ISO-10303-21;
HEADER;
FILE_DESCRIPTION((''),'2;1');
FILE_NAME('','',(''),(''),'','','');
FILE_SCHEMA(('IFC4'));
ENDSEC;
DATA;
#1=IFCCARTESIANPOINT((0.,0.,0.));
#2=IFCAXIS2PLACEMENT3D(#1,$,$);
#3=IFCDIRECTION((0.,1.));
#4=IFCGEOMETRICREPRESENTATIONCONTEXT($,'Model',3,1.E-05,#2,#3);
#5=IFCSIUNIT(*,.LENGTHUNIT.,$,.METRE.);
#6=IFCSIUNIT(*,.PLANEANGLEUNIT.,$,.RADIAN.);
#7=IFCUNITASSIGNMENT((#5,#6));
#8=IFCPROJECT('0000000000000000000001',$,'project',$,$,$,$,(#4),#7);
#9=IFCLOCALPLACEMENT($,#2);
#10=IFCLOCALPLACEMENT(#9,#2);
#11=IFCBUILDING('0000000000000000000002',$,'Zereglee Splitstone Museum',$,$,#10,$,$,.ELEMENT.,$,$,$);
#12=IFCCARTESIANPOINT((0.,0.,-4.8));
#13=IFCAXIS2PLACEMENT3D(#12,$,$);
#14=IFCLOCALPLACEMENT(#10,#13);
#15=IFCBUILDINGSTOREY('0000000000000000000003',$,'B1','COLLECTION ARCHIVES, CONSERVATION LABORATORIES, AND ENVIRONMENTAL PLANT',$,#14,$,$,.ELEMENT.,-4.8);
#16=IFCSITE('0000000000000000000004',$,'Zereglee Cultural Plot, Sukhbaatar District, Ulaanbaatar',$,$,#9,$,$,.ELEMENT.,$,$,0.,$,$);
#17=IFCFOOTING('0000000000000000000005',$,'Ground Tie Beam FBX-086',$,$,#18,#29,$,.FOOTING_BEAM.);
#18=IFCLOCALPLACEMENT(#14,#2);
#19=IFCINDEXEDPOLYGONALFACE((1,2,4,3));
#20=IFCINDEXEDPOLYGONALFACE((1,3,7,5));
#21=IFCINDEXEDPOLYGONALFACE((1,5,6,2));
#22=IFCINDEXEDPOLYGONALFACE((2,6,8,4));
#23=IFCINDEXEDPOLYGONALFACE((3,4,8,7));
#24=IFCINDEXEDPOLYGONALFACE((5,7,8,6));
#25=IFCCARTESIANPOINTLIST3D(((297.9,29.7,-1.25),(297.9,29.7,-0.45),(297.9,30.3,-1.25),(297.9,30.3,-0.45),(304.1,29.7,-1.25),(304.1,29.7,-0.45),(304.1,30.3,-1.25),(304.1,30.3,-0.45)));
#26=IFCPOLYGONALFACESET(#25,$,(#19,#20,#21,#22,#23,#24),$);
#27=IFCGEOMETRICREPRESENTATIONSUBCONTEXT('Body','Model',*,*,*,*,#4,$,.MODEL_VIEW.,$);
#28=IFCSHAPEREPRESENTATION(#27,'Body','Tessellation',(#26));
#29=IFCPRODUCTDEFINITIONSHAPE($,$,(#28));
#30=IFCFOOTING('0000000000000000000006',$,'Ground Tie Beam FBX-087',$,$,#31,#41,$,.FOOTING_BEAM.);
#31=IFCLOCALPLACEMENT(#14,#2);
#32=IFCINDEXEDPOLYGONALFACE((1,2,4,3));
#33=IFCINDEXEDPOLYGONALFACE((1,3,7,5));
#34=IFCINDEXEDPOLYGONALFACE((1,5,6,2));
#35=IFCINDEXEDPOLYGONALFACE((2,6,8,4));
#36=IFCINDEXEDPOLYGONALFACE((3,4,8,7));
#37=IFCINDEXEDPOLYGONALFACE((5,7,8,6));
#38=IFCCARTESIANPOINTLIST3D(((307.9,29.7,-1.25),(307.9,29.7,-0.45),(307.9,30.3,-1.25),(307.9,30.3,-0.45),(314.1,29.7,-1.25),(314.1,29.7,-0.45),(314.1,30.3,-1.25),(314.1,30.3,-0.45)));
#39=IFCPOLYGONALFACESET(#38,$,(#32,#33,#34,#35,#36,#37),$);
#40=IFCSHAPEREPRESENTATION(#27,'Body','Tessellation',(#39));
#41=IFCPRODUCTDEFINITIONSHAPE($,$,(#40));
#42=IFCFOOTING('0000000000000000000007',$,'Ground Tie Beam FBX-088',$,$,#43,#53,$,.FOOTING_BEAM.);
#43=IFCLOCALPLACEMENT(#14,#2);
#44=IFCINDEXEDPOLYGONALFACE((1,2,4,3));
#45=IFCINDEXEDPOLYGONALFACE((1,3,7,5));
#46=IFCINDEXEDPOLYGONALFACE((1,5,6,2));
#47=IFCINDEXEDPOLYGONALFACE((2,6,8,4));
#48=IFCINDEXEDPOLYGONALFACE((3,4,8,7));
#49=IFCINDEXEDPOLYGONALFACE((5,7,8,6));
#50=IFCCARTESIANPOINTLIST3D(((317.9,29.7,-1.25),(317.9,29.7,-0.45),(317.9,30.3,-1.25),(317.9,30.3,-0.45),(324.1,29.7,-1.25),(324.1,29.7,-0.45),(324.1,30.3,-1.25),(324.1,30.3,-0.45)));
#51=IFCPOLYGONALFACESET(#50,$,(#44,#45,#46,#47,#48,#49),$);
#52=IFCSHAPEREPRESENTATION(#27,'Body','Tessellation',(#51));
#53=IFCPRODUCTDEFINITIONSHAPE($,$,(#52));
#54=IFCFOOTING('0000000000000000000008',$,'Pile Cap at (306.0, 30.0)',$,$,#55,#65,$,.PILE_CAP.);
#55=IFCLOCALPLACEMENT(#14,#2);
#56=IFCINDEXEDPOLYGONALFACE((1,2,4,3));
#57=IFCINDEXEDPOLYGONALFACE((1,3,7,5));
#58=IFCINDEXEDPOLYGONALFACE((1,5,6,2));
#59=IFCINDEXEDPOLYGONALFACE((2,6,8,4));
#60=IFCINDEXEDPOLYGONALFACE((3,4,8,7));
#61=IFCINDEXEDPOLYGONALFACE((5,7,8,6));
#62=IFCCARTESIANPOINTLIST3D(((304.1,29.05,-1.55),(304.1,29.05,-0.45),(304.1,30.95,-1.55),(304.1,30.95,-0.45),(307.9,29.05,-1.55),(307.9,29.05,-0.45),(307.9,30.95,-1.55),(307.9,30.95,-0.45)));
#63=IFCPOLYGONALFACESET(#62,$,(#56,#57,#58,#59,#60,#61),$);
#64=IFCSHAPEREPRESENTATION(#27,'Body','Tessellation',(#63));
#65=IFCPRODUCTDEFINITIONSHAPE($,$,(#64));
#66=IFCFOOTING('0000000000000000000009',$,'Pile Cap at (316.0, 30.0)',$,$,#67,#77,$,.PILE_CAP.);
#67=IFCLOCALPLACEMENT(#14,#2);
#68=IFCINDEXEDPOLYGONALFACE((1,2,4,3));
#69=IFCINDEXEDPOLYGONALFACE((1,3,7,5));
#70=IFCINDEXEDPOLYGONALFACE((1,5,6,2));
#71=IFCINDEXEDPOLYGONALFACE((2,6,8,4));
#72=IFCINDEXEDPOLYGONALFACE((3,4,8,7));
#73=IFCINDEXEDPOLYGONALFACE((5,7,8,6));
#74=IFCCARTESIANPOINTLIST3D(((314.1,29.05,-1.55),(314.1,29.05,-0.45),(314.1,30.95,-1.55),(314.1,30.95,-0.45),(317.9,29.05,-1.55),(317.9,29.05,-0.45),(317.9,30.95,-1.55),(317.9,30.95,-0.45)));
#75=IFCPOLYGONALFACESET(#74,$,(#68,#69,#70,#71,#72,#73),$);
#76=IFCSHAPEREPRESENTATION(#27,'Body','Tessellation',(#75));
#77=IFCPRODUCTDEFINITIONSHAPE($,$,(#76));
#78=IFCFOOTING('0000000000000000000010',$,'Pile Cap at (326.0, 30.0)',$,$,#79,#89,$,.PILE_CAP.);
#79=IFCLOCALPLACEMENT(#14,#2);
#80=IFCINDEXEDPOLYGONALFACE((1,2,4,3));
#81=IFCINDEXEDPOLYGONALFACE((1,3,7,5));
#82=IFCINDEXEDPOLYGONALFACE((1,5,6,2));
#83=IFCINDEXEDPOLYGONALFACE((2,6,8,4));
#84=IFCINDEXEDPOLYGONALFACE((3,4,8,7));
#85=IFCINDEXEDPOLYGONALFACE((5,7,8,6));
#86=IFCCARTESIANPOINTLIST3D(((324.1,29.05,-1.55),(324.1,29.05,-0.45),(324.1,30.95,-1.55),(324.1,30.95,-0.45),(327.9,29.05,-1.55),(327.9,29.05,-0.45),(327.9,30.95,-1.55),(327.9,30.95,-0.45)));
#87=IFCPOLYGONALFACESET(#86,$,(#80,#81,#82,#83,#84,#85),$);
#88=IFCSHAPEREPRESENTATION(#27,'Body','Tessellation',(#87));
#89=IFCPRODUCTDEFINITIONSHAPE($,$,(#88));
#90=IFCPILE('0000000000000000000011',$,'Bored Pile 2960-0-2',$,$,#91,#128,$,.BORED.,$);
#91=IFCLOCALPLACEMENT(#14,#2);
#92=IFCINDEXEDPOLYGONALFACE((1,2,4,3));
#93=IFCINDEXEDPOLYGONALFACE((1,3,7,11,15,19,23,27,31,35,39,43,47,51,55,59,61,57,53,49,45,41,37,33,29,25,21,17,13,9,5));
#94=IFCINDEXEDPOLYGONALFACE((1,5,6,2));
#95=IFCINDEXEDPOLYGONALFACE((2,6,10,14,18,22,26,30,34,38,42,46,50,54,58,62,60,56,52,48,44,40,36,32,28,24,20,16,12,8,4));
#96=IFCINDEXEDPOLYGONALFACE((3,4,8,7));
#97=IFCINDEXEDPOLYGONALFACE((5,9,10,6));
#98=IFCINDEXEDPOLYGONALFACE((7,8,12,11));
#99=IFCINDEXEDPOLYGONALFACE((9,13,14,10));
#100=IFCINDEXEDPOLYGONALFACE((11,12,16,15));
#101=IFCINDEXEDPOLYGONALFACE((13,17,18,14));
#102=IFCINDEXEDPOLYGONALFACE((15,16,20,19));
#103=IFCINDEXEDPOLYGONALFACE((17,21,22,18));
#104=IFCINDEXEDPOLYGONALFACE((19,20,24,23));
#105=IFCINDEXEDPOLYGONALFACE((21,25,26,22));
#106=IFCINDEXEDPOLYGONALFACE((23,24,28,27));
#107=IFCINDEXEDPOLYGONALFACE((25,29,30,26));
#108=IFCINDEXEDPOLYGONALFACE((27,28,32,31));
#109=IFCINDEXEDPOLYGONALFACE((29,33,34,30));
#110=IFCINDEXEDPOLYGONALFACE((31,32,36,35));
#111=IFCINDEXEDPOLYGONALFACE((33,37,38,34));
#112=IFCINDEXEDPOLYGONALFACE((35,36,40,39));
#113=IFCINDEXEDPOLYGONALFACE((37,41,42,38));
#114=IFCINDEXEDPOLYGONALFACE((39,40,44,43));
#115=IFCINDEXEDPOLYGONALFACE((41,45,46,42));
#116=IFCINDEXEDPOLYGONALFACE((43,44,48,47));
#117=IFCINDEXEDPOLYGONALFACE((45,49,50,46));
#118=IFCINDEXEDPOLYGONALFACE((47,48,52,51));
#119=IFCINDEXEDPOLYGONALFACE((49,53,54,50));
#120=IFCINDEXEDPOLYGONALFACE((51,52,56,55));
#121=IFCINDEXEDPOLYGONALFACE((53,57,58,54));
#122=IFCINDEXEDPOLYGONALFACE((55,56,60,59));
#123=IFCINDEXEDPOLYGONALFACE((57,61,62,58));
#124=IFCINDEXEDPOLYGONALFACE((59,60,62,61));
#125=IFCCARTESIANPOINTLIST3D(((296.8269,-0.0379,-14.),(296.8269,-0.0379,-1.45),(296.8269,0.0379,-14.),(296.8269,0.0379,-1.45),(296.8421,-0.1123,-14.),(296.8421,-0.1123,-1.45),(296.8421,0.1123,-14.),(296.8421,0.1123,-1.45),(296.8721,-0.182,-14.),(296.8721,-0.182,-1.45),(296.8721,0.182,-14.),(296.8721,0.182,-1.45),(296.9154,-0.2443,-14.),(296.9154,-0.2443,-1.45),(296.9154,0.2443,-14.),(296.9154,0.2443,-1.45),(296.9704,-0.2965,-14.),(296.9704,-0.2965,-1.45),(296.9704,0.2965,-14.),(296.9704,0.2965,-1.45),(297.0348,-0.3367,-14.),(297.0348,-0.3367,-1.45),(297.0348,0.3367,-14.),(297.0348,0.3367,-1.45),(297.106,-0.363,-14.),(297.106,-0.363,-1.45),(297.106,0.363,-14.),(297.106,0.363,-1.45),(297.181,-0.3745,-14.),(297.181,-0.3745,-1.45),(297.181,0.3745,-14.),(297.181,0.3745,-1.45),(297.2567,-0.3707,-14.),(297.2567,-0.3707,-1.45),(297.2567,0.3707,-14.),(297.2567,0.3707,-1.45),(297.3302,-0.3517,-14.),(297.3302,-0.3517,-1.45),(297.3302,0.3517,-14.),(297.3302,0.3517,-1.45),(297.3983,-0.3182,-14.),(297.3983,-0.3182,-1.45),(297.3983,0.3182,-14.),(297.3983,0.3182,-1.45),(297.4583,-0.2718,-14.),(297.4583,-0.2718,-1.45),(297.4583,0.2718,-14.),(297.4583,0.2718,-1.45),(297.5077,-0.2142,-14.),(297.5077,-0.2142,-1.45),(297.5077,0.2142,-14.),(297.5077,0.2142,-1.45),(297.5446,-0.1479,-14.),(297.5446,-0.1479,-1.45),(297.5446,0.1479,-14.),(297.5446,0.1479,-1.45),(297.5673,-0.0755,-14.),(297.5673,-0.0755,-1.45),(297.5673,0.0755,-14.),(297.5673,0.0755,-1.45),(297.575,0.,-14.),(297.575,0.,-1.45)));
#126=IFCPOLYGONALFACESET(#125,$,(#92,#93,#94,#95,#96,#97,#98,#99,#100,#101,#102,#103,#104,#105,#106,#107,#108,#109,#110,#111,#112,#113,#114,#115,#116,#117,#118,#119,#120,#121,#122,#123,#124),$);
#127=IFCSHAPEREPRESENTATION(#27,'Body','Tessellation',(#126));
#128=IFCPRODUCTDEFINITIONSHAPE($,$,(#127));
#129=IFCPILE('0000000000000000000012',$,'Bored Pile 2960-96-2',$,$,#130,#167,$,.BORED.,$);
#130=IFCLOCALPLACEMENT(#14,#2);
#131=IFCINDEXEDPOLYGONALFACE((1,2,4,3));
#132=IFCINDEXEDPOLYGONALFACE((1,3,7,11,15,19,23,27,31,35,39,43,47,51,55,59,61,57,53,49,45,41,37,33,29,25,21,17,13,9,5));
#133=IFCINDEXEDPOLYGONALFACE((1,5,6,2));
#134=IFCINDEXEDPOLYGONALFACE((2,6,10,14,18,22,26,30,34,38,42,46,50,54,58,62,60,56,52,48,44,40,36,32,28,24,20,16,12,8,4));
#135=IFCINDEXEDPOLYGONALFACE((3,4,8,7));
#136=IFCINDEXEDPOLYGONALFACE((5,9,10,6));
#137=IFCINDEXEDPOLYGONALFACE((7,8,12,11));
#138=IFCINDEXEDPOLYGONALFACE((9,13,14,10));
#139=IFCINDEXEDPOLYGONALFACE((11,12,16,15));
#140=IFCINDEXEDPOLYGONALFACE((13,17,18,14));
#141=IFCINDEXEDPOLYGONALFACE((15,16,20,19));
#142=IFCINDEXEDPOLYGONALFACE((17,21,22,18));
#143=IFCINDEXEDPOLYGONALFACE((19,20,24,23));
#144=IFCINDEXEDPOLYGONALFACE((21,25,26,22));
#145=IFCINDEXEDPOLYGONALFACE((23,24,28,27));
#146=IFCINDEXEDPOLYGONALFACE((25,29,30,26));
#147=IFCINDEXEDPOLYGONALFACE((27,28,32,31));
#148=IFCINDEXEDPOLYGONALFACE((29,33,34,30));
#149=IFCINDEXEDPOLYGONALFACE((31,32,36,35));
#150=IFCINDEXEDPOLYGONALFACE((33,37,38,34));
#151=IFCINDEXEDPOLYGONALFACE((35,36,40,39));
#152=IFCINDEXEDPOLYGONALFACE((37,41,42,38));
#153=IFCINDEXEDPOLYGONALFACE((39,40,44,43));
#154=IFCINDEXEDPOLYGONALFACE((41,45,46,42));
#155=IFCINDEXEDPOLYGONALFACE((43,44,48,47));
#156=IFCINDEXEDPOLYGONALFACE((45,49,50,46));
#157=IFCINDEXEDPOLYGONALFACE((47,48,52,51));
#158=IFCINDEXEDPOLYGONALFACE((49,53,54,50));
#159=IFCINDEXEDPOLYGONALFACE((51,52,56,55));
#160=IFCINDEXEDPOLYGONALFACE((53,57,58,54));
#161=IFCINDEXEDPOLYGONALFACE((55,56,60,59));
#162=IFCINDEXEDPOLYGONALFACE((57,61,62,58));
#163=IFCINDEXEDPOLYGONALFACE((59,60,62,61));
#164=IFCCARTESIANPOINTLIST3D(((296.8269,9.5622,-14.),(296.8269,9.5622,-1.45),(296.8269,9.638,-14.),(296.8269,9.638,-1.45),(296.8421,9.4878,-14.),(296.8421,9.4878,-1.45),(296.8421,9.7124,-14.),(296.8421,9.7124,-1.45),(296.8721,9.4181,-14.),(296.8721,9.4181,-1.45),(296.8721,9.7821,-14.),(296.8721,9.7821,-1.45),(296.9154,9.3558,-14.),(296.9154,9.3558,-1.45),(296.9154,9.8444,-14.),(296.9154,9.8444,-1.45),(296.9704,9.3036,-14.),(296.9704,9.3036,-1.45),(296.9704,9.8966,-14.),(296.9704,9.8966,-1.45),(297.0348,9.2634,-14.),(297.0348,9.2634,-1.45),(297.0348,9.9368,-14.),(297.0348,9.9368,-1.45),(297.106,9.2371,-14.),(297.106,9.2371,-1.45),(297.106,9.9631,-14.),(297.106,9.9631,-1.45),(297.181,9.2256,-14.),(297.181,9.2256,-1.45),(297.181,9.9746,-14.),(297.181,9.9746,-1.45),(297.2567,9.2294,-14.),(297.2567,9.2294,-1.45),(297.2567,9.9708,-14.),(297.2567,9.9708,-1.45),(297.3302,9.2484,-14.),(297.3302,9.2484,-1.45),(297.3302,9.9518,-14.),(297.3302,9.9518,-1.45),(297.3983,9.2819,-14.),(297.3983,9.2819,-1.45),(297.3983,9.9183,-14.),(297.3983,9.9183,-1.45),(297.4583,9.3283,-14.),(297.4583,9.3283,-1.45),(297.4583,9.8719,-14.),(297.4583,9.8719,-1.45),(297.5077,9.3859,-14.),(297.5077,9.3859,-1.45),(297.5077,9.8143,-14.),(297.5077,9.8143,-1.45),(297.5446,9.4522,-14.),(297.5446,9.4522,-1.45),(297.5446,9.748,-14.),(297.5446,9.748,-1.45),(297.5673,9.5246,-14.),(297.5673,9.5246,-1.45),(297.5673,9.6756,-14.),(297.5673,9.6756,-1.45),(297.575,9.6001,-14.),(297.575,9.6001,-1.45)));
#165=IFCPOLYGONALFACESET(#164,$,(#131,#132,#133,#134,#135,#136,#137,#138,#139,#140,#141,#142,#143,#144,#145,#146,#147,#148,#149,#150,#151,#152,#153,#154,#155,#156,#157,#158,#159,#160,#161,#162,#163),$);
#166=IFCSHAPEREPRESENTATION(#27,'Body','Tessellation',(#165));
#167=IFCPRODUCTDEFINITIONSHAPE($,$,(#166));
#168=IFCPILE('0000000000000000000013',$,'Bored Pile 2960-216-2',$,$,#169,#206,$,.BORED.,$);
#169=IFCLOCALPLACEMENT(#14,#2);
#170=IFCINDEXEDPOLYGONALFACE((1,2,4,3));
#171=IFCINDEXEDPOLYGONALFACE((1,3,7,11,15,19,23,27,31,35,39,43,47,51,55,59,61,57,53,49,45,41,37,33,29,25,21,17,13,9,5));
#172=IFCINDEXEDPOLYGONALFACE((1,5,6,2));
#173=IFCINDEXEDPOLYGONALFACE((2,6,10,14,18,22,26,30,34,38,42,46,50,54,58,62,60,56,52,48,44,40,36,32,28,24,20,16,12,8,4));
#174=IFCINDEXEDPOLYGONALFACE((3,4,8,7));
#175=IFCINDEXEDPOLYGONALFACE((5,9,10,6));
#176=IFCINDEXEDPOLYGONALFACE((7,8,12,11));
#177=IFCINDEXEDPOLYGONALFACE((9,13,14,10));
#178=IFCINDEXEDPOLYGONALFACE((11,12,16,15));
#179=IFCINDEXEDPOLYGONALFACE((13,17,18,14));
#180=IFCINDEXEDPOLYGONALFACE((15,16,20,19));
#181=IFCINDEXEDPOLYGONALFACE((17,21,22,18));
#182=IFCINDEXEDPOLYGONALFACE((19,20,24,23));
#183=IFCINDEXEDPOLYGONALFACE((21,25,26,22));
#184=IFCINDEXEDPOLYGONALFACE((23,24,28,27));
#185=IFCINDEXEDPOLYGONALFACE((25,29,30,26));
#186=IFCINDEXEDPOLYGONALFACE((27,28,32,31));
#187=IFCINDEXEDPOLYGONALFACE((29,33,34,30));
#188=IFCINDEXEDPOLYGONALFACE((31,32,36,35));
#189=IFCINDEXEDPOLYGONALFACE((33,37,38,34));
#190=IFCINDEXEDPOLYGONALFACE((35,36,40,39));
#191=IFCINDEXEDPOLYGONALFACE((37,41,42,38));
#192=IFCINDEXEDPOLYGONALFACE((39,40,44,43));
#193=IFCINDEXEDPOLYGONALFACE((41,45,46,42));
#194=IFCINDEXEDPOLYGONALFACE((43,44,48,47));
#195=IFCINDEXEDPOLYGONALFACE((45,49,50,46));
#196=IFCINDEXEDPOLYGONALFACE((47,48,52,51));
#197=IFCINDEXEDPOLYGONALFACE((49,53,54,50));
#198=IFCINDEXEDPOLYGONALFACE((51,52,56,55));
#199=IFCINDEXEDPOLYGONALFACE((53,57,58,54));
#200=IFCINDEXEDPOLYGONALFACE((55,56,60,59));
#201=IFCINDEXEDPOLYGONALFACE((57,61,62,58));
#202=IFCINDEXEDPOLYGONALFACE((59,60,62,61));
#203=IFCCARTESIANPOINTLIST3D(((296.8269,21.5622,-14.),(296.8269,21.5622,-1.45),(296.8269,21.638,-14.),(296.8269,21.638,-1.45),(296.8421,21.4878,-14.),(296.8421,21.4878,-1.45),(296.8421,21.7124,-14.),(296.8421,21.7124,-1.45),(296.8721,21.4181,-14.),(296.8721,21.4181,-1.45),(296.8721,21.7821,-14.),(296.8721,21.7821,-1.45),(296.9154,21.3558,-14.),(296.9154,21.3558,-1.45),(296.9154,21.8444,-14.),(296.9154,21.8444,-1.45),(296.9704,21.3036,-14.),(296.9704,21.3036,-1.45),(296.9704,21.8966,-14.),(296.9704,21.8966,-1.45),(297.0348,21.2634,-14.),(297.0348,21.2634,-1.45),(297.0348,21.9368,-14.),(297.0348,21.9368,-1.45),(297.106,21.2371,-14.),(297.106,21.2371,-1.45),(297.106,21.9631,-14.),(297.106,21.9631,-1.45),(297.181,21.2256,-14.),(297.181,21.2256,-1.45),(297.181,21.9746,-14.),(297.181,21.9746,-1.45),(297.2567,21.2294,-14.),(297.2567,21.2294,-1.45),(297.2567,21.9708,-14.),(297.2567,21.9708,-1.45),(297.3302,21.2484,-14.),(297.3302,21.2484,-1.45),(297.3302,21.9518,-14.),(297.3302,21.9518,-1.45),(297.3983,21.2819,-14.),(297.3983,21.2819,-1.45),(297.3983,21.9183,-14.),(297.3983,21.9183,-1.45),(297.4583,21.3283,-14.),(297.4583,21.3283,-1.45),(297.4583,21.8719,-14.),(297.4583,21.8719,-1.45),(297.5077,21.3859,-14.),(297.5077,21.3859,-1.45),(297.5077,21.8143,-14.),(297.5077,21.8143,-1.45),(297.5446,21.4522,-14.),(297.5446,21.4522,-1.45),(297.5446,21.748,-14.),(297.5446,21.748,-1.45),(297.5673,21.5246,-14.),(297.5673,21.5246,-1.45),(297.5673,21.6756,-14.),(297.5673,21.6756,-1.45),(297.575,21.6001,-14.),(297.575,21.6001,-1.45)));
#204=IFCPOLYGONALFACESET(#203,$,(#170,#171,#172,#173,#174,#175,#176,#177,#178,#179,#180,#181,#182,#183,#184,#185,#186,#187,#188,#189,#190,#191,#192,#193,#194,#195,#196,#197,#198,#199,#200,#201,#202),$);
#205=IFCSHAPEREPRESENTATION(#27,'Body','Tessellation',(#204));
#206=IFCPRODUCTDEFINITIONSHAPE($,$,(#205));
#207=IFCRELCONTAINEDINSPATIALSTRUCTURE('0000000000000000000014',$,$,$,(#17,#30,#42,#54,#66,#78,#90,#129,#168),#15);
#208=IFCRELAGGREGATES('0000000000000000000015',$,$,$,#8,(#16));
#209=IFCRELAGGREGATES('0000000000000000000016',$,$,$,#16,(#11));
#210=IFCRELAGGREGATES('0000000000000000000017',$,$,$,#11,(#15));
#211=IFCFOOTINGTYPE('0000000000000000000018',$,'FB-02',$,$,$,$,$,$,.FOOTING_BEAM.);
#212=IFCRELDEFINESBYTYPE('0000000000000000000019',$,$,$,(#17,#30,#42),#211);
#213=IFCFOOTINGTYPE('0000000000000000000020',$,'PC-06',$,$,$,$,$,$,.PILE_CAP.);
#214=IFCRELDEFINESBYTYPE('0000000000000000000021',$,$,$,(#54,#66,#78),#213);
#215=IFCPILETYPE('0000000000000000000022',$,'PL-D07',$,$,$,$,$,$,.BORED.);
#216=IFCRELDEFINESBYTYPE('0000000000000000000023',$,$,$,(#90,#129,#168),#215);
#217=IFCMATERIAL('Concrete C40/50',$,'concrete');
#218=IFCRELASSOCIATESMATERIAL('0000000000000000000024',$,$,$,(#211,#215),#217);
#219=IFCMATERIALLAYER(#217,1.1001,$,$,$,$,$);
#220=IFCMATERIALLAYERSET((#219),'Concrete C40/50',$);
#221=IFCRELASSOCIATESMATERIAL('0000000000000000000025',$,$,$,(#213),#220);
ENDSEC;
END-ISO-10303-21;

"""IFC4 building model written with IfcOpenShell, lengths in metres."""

from ifc_helpers import new_model, si_unit, direction, frame, origin, origin_2d, place, context, subcontext, project, spatial, rectangle, circle, extrude, material, layer, layer_set, material_profile, profile_set, type_object, element, save


model = new_model("IFC4")

# Units and contexts
model_context = context("Model", 3, precision=1e-05, world=origin(), true_north=direction((0.0, 1.0)))
body_context = subcontext(model_context, "Body", "Model", "MODEL_VIEW")
ifc_project = project(units=[si_unit("LENGTHUNIT", "METRE"), si_unit("PLANEANGLEUNIT", "RADIAN")], contexts=[model_context])

# Site, building, storey
site_placement = place(None, origin())
site = spatial("IfcSite", under=ifc_project, at=site_placement, Name="Zereglee Cultural Plot, Sukhbaatar District, Ulaanbaatar", CompositionType="ELEMENT", RefElevation=0.0)
building_placement = place(site_placement, origin())
building = spatial("IfcBuilding", under=site, at=building_placement, Name="Zereglee Splitstone Museum", CompositionType="ELEMENT")
storey_placement = place(building_placement, frame((0.0, 0.0, -4.8)))
storey = spatial("IfcBuildingStorey", under=building, at=storey_placement, Name="B1", Description="COLLECTION ARCHIVES, CONSERVATION LABORATORIES, AND ENVIRONMENTAL PLANT", CompositionType="ELEMENT", Elevation=-4.8)

# Footings
ifc_material_1 = material(Name="Concrete C40/50", Category="concrete")
footing_type_1 = type_object("IfcFootingType", Name="FB-02", PredefinedType="FOOTING_BEAM", material=ifc_material_1)
for number, where, z_axis, x_axis, name in (
    (1, (301.0, 30.0, -1.25), (0.0, 0.0, 1.0), (1.0, 0.0, 0.0), "Ground Tie Beam FBX-086"),
    (2, (311.0, 30.0, -1.25), (0.0, 0.0, 1.0), (1.0, 0.0, 0.0), "Ground Tie Beam FBX-087"),
    (3, (321.0, 30.0, -1.25), (0.0, 0.0, 1.0), (1.0, 0.0, 0.0), "Ground Tie Beam FBX-088"),
):
    element("IfcFooting", number, at=place(storey_placement, frame(where, z_axis=z_axis, x_axis=x_axis)), inside=storey, type_object=footing_type_1, Name=name, PredefinedType="FOOTING_BEAM", context=body_context, shape_type="SweptSolid", body=[
        extrude(rectangle(XDim=6.2, YDim=0.6001, at=origin_2d()), origin(), (0.0, 0.0, 1.0), 0.8),
    ])
ifc_layer_1 = layer(ifc_material_1, 1.1001)
ifc_layer_set_1 = layer_set([ifc_layer_1], Name="Concrete C40/50")
footing_type_2 = type_object("IfcFootingType", Name="PC-06", PredefinedType="PILE_CAP", material=ifc_layer_set_1)
for number, where, z_axis, x_axis, name in (
    (4, (306.0, 30.0, -1.55), (0.0, 0.0, 1.0), (1.0, 0.0, 0.0), "Pile Cap at (306.0, 30.0)"),
    (5, (316.0, 30.0, -1.55), (0.0, 0.0, 1.0), (1.0, 0.0, 0.0), "Pile Cap at (316.0, 30.0)"),
    (6, (326.0, 30.0, -1.55), (0.0, 0.0, 1.0), (1.0, 0.0, 0.0), "Pile Cap at (326.0, 30.0)"),
):
    element("IfcFooting", number, at=place(storey_placement, frame(where, z_axis=z_axis, x_axis=x_axis)), inside=storey, type_object=footing_type_2, Name=name, PredefinedType="PILE_CAP", context=body_context, shape_type="SweptSolid", body=[
        extrude(rectangle(XDim=3.8, YDim=1.8999, at=origin_2d()), origin(), (0.0, 0.0, 1.0), 1.1001),
    ])

# Piles
ifc_material_profile_1 = material_profile(ifc_material_1, circle(Radius=0.375, at=origin_2d()), Name="PILE D750")
ifc_profile_set_1 = profile_set([ifc_material_profile_1], Name="Concrete C40/50")
pile_type = type_object("IfcPileType", Name="PL-D07", PredefinedType="BORED", material=ifc_profile_set_1)
for number, where, z_axis, x_axis, name in (
    (7, (297.2, 0.0, -1.45), (0.0, 0.0, -1.0), (1.0, 0.0, 0.0), "Bored Pile 2960-0-2"),
    (8, (297.2, 9.6001, -1.45), (0.0, 0.0, -1.0), (1.0, 0.0, 0.0), "Bored Pile 2960-96-2"),
    (9, (297.2, 21.6001, -1.45), (0.0, 0.0, -1.0), (1.0, 0.0, 0.0), "Bored Pile 2960-216-2"),
):
    element("IfcPile", number, at=place(storey_placement, frame(where, z_axis=z_axis, x_axis=x_axis)), inside=storey, type_object=pile_type, Name=name, PredefinedType="BORED", context=body_context, shape_type="SweptSolid", body=[
        extrude(circle(Radius=0.375, at=origin_2d()), origin(), (0.0, 0.0, 1.0), 12.55),
    ])

save(model, "model.ifc")
